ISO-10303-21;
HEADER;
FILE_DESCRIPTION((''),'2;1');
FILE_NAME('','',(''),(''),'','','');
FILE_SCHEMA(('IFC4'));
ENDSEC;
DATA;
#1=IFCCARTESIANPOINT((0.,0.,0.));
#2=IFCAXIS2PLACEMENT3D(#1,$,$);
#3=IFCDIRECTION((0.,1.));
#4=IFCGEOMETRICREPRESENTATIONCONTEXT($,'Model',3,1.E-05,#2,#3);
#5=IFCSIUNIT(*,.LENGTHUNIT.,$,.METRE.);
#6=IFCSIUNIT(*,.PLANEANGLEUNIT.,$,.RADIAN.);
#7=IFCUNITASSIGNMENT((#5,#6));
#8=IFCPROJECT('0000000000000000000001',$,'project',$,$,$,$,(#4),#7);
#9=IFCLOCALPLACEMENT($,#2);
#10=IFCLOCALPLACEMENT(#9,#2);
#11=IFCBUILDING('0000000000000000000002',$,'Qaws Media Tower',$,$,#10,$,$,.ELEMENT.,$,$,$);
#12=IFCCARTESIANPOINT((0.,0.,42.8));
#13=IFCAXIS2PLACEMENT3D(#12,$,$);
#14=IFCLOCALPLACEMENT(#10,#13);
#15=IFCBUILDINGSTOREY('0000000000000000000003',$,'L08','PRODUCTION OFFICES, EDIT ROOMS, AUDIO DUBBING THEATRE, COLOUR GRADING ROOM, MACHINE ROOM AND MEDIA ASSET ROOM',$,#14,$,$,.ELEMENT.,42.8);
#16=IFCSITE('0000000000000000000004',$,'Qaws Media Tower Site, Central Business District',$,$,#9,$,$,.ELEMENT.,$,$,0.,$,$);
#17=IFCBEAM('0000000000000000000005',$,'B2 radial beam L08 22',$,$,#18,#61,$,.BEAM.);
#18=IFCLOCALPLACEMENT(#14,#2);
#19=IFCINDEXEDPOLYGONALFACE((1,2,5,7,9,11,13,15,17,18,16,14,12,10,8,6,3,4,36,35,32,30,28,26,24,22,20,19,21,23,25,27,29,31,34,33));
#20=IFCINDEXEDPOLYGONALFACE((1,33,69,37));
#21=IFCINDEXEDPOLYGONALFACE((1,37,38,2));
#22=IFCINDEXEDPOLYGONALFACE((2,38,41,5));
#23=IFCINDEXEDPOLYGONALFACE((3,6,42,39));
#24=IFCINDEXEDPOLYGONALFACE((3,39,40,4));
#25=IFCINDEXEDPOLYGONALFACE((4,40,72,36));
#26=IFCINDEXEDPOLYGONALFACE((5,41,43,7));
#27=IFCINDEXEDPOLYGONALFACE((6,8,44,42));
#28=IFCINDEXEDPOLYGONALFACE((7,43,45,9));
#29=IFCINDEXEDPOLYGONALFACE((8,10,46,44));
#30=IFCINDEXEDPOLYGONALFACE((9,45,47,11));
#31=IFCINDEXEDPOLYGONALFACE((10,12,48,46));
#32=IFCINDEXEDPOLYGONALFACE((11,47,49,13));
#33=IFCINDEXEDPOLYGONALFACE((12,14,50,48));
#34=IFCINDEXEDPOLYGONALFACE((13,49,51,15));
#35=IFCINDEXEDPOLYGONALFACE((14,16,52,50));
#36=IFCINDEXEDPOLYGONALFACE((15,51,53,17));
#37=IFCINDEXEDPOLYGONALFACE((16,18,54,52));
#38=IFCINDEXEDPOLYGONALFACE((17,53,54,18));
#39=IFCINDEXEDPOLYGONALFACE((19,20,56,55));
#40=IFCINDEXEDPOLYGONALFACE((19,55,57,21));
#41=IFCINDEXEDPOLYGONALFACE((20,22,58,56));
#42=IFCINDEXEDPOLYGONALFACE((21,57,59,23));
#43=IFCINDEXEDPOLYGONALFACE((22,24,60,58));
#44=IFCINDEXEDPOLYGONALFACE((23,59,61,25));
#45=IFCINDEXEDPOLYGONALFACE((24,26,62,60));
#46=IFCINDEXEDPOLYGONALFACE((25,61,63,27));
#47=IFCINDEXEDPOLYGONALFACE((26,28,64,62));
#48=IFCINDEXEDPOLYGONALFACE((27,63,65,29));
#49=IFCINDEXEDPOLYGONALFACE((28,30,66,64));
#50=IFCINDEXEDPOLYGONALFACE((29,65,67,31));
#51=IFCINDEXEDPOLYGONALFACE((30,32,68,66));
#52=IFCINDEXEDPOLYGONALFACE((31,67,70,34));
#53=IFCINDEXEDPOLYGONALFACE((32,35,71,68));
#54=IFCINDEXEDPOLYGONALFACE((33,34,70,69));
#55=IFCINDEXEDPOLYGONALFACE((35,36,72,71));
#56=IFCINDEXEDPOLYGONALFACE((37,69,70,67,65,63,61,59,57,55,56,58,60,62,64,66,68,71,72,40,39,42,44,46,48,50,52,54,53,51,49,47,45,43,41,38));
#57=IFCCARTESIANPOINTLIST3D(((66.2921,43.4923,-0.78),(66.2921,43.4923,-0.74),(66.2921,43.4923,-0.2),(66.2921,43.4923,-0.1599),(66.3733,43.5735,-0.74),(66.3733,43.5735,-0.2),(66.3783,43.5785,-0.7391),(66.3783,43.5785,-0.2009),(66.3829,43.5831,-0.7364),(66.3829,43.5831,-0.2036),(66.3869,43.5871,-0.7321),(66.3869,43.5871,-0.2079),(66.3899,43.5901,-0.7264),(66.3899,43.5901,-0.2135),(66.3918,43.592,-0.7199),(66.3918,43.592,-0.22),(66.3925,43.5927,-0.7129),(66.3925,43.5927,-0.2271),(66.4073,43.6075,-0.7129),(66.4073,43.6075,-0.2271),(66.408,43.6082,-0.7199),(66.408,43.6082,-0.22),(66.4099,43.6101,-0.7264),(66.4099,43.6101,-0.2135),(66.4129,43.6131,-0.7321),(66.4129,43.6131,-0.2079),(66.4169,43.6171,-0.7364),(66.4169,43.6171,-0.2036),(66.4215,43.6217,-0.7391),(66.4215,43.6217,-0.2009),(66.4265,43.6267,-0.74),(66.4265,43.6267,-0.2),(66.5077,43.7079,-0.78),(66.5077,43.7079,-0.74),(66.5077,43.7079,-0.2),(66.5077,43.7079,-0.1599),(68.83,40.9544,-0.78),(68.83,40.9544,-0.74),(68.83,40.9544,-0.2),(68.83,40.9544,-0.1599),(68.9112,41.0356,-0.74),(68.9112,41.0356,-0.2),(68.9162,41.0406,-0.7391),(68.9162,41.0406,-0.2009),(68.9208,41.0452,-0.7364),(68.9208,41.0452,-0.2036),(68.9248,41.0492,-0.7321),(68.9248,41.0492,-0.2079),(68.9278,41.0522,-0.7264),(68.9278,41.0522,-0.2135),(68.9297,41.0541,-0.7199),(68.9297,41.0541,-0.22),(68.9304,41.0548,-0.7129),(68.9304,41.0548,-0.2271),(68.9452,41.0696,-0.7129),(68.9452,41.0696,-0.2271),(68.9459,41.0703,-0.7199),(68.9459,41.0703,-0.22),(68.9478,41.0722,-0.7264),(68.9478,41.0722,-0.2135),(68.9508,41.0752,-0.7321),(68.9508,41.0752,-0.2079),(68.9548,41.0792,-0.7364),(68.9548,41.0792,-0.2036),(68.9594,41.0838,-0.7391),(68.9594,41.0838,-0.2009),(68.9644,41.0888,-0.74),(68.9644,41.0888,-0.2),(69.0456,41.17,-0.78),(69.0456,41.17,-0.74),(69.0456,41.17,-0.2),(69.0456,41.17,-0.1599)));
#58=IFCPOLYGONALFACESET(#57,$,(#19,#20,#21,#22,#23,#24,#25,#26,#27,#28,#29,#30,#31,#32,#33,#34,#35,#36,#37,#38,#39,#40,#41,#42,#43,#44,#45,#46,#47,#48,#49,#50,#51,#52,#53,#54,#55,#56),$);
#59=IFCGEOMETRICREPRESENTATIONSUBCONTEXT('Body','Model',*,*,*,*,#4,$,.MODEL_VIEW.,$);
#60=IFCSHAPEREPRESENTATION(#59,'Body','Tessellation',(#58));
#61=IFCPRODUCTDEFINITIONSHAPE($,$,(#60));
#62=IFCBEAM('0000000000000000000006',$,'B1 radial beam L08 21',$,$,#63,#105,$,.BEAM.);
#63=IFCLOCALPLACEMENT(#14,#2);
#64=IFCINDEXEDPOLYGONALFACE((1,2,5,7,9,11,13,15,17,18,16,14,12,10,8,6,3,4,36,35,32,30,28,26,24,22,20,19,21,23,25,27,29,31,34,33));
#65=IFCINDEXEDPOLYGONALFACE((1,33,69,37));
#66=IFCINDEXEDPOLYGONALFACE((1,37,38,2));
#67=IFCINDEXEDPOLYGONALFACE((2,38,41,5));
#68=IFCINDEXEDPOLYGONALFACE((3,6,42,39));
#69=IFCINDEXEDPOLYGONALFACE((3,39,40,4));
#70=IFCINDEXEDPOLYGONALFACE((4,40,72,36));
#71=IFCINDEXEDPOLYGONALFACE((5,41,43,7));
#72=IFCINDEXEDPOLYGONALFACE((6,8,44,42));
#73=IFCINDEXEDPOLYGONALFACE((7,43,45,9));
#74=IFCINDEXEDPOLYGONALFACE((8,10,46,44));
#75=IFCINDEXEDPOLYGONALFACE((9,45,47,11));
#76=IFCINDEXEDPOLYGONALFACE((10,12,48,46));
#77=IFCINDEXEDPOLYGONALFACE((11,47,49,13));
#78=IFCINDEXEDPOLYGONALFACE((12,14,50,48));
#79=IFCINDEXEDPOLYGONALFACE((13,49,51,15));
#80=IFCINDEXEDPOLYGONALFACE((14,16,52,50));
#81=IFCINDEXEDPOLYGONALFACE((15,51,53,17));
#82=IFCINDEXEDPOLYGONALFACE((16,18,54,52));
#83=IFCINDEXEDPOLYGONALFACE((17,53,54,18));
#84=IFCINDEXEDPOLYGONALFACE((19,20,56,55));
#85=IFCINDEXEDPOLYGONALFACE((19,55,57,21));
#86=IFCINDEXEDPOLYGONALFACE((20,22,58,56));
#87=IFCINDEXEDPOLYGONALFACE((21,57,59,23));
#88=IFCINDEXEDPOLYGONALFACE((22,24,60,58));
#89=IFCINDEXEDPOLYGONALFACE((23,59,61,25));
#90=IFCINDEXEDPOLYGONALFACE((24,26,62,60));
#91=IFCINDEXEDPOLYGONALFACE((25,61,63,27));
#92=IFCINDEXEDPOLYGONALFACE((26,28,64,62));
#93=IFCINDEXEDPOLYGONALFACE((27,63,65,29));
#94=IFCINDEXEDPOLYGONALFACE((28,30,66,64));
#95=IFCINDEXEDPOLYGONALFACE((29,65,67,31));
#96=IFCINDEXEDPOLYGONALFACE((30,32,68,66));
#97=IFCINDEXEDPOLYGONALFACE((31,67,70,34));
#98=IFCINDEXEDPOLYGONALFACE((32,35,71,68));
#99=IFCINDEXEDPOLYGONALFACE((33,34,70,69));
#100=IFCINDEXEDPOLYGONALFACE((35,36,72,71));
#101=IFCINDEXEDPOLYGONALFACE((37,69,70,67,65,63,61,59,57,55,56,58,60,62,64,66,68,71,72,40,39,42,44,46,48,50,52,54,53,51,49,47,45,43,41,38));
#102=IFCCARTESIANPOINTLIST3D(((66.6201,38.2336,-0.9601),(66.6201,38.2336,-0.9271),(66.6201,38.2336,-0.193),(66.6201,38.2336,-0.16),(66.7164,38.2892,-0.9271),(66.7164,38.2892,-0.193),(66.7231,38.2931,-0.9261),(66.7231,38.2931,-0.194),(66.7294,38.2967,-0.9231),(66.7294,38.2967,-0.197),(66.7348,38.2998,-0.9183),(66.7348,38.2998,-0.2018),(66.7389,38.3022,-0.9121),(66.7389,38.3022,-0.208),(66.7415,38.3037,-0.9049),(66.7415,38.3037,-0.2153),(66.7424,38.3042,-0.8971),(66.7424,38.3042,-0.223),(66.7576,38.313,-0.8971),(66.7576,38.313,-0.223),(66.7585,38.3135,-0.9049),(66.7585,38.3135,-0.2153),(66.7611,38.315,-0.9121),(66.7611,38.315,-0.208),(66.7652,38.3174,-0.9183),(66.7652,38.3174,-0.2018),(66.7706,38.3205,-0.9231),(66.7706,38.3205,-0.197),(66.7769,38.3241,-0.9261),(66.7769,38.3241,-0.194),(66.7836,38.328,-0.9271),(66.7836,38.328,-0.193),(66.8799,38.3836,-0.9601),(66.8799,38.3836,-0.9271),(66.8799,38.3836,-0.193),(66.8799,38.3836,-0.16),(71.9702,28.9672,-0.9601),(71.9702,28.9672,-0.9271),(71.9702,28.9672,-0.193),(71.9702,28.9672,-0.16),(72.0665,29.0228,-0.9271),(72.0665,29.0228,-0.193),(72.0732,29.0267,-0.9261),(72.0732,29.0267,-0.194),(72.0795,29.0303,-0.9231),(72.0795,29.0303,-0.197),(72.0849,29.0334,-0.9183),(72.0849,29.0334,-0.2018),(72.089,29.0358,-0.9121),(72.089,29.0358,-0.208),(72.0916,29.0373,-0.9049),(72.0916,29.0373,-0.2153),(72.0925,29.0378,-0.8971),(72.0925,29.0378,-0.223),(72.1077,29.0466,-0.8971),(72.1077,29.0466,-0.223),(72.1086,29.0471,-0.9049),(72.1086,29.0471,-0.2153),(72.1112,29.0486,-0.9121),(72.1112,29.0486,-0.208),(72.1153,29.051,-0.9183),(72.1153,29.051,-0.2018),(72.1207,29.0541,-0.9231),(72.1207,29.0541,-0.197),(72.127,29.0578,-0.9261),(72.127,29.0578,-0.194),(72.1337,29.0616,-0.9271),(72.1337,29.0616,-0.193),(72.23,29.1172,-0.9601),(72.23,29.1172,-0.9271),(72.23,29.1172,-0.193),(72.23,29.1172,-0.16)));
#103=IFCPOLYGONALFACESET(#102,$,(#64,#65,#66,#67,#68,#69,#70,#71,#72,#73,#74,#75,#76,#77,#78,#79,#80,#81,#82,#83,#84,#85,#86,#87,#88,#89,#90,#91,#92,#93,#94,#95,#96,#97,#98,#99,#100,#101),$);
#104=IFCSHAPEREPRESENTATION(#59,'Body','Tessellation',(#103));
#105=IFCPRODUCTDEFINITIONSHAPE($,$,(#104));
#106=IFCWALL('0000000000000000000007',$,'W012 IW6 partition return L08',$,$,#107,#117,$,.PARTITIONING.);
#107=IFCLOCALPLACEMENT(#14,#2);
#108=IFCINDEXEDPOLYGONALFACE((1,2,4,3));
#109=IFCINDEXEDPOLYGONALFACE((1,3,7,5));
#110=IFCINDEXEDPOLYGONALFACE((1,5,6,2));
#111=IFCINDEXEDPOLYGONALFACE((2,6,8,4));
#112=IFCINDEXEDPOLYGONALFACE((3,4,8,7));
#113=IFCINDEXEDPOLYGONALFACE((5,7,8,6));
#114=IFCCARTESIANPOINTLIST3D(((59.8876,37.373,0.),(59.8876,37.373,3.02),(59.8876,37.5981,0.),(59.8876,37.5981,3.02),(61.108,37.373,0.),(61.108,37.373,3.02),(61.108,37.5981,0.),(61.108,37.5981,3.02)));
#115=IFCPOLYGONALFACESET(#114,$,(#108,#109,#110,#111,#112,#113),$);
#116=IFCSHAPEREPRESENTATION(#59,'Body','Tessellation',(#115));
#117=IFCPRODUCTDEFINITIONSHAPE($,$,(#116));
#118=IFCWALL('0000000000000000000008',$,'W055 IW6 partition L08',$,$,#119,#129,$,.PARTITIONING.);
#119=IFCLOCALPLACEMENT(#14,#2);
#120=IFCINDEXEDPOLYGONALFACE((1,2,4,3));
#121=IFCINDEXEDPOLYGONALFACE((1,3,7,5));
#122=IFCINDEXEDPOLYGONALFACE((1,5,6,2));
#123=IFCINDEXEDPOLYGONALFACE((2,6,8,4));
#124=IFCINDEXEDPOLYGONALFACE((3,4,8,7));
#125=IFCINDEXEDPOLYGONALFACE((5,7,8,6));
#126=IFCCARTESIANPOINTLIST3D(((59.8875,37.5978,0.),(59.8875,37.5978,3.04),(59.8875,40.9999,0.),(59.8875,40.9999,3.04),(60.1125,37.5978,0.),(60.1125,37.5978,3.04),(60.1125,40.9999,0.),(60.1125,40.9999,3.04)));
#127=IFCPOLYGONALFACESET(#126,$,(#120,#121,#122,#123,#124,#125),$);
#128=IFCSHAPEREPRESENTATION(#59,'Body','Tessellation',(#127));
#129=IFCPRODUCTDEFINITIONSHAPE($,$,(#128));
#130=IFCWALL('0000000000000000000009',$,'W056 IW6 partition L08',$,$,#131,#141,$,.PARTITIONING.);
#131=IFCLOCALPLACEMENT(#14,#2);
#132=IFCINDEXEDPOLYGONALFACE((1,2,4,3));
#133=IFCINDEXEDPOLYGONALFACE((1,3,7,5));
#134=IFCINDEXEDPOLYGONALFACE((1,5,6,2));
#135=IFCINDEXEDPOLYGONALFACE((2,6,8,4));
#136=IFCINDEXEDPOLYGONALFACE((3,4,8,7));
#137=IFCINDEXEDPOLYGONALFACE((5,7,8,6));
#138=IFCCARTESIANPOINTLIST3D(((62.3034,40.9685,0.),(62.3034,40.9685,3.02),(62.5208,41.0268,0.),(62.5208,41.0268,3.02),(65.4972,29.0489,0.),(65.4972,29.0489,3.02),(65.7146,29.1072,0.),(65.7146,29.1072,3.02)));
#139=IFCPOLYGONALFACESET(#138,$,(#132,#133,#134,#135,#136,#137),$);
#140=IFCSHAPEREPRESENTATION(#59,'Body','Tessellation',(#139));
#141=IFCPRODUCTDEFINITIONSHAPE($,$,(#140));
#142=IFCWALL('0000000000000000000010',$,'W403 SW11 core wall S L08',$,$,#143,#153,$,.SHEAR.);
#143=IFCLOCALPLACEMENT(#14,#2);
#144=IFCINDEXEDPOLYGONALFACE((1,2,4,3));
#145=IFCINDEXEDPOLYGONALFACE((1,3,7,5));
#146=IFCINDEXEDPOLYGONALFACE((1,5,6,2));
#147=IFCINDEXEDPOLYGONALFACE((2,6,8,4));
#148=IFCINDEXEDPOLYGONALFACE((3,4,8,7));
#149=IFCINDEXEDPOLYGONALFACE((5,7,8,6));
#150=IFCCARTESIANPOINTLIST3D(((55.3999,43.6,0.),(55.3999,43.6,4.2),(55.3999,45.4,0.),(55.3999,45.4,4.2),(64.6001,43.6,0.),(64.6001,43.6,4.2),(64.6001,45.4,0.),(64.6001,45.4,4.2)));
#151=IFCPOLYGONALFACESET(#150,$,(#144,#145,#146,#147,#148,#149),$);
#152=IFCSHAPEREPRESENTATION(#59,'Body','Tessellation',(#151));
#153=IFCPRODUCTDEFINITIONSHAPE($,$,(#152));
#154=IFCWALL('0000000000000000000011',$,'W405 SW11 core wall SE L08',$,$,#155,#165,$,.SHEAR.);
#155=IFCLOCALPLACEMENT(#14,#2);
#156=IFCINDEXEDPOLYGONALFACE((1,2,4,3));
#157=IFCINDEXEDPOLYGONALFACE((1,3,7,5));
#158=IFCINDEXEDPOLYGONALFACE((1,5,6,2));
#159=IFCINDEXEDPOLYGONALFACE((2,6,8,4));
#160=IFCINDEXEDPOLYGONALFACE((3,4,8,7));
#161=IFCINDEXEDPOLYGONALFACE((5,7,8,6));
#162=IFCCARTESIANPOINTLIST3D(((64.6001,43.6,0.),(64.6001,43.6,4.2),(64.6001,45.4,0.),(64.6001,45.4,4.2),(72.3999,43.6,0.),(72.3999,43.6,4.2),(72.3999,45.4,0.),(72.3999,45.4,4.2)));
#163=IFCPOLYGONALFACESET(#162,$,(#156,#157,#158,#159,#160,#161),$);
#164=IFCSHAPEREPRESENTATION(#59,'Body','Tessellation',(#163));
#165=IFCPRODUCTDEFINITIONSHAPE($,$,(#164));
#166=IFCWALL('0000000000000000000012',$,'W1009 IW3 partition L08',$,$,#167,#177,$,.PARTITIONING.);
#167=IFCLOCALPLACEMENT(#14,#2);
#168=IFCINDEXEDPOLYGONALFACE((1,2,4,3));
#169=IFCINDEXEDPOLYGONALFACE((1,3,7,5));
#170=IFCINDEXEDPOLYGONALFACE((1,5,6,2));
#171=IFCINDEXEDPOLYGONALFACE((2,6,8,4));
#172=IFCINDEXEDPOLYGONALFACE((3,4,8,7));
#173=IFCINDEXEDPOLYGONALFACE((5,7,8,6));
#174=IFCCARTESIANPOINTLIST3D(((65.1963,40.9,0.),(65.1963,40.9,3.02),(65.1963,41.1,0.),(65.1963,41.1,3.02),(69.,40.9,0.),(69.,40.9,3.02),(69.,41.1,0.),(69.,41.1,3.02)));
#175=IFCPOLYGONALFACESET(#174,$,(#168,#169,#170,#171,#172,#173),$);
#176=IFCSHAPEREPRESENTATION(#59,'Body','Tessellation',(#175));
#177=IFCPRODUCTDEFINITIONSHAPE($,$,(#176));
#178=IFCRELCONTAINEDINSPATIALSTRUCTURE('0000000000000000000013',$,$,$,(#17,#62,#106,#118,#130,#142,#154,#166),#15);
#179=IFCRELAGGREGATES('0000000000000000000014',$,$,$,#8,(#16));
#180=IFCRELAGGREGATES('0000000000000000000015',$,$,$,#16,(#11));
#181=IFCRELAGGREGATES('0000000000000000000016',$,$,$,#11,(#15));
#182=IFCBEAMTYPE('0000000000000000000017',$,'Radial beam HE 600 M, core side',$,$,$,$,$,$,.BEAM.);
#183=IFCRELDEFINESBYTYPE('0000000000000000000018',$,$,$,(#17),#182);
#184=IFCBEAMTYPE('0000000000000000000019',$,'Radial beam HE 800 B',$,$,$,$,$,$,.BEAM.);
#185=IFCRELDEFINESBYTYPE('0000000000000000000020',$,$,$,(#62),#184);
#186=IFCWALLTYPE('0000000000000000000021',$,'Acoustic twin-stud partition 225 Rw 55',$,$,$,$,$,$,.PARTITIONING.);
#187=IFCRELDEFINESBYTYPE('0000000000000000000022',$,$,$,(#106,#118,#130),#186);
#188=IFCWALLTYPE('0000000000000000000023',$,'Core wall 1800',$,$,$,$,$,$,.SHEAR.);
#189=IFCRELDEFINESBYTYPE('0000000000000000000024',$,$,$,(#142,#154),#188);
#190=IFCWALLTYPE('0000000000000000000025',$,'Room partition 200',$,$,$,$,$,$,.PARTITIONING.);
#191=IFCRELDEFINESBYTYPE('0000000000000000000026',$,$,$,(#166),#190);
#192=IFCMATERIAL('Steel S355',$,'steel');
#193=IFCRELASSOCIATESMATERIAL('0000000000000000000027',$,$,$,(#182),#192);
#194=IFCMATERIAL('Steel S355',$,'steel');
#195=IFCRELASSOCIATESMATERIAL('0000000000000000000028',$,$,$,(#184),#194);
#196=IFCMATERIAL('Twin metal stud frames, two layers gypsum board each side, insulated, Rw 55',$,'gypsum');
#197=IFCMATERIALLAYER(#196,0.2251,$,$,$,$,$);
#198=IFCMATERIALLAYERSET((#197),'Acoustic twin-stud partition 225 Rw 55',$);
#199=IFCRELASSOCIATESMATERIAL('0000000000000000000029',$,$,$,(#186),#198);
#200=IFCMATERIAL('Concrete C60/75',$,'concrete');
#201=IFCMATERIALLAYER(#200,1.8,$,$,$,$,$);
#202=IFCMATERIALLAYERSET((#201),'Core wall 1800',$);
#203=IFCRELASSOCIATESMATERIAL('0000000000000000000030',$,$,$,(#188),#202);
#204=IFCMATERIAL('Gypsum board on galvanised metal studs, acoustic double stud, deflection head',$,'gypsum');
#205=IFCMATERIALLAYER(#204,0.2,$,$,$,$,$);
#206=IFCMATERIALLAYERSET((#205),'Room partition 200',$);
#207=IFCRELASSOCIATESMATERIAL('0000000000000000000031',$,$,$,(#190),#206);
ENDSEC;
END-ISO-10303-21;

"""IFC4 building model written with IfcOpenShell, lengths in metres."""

from ifc_helpers import new_model, si_unit, direction, frame, frame_2d, origin, origin_2d, place, context, subcontext, project, spatial, rectangle, i_section, extrude, material, layer, layer_set, material_profile, profile_set, type_object, element, save


model = new_model("IFC4")

# Units and contexts
model_context = context("Model", 3, precision=1e-05, world=origin(), true_north=direction((0.0, 1.0)))
body_context = subcontext(model_context, "Body", "Model", "MODEL_VIEW")
ifc_project = project(units=[si_unit("LENGTHUNIT", "METRE"), si_unit("PLANEANGLEUNIT", "RADIAN")], contexts=[model_context])

# Site, building, storey
site_placement = place(None, origin())
site = spatial("IfcSite", under=ifc_project, at=site_placement, Name="Qaws Media Tower Site, Central Business District", CompositionType="ELEMENT", RefElevation=0.0)
building_placement = place(site_placement, origin())
building = spatial("IfcBuilding", under=site, at=building_placement, Name="Qaws Media Tower", CompositionType="ELEMENT")
storey_placement = place(building_placement, frame((0.0, 0.0, 42.8)))
storey = spatial("IfcBuildingStorey", under=building, at=storey_placement, Name="L08", Description="PRODUCTION OFFICES, EDIT ROOMS, AUDIO DUBBING THEATRE, COLOUR GRADING ROOM, MACHINE ROOM AND MEDIA ASSET ROOM", CompositionType="ELEMENT", Elevation=42.8)

# Beams
ifc_material_1 = material(Name="Steel S355", Category="steel")
ifc_material_profile_1 = material_profile(ifc_material_1, i_section(OverallWidth=0.3049, OverallDepth=0.6201, WebThickness=0.021, FlangeThickness=0.04, FilletRadius=0.0271, at=origin_2d()), Name="HE 600 M")
ifc_profile_set_1 = profile_set([ifc_material_profile_1], Name="Steel S355")
beam_type_1 = type_object("IfcBeamType", Name="Radial beam HE 600 M, core side", PredefinedType="BEAM", material=ifc_profile_set_1)
beam_1_placement = place(storey_placement, frame((66.3999, 43.6001, -0.47), z_axis=(0.707107, -0.707107, 0.0), x_axis=(0.707107, 0.707107, 0.0)))
element("IfcBeam", 1, at=beam_1_placement, inside=storey, type_object=beam_type_1, Name="B2 radial beam L08 22", PredefinedType="BEAM", context=body_context, shape_type="SweptSolid", body=[
    extrude(i_section(OverallWidth=0.3049, OverallDepth=0.6201, WebThickness=0.021, FlangeThickness=0.04, FilletRadius=0.0271, at=origin_2d()), origin(), (0.0, 0.0, 1.0), 3.5891),
])
ifc_material_2 = material(Name="Steel S355", Category="steel")
ifc_material_profile_2 = material_profile(ifc_material_2, i_section(OverallWidth=0.3, OverallDepth=0.8, WebThickness=0.0176, FlangeThickness=0.033, FilletRadius=0.03, at=origin_2d()), Name="HE 800 B")
ifc_profile_set_2 = profile_set([ifc_material_profile_2], Name="Steel S355")
beam_type_2 = type_object("IfcBeamType", Name="Radial beam HE 800 B", PredefinedType="BEAM", material=ifc_profile_set_2)
beam_2_placement = place(storey_placement, frame((66.75, 38.3086, -0.5601), z_axis=(0.500011, -0.866019, 0.0), x_axis=(0.866019, 0.500011, 0.0)))
element("IfcBeam", 2, at=beam_2_placement, inside=storey, type_object=beam_type_2, Name="B1 radial beam L08 21", PredefinedType="BEAM", context=body_context, shape_type="SweptSolid", body=[
    extrude(i_section(OverallWidth=0.3, OverallDepth=0.8, WebThickness=0.0176, FlangeThickness=0.033, FilletRadius=0.03, at=origin_2d()), origin(), (0.0, 0.0, 1.0), 10.7),
])

# Walls
ifc_material_3 = material(Name="Twin metal stud frames, two layers gypsum board each side, insulated, Rw 55", Category="gypsum")
ifc_layer_1 = layer(ifc_material_3, 0.2251)
ifc_layer_set_1 = layer_set([ifc_layer_1], Name="Acoustic twin-stud partition 225 Rw 55")
wall_type_1 = type_object("IfcWallType", Name="Acoustic twin-stud partition 225 Rw 55", PredefinedType="PARTITIONING", material=ifc_layer_set_1)
wall_1_placement = place(storey_placement, frame((59.8875, 37.4856, 0.0), z_axis=(0.0, 0.0, 1.0), x_axis=(1.0, 0.0, 0.0)))
element("IfcWall", 3, at=wall_1_placement, inside=storey, type_object=wall_type_1, Name="W012 IW6 partition return L08", PredefinedType="PARTITIONING", context=body_context, shape_type="SweptSolid", body=[
    extrude(rectangle(XDim=1.2205, YDim=0.2251, at=frame_2d((0.6104, 0.0))), origin(), (0.0, 0.0, 1.0), 3.02),
])
wall_2_placement = place(storey_placement, frame((60.0, 41.0, 0.0), z_axis=(0.0, 0.0, 1.0), x_axis=(0.0, -1.0, 0.0)))
element("IfcWall", 4, at=wall_2_placement, inside=storey, type_object=wall_type_1, Name="W055 IW6 partition L08", PredefinedType="PARTITIONING", context=body_context, shape_type="SweptSolid", body=[
    extrude(rectangle(XDim=3.4021, YDim=0.2251, at=frame_2d((1.7012, 0.0))), origin(), (0.0, 0.0, 1.0), 3.04),
])
wall_3_placement = place(storey_placement, frame((62.4121, 40.9976, 0.0), z_axis=(0.0, 0.0, 1.0), x_axis=(0.258818, -0.965926, 0.0)))
element("IfcWall", 5, at=wall_3_placement, inside=storey, type_object=wall_type_1, Name="W056 IW6 partition L08", PredefinedType="PARTITIONING", context=body_context, shape_type="SweptSolid", body=[
    extrude(rectangle(XDim=12.3401, YDim=0.2251, at=frame_2d((6.1699, 0.0))), origin(), (0.0, 0.0, 1.0), 3.02),
])
ifc_material_4 = material(Name="Concrete C60/75", Category="concrete")
ifc_layer_2 = layer(ifc_material_4, 1.8)
ifc_layer_set_2 = layer_set([ifc_layer_2], Name="Core wall 1800")
wall_type_2 = type_object("IfcWallType", Name="Core wall 1800", PredefinedType="SHEAR", material=ifc_layer_set_2)
wall_4_placement = place(storey_placement, frame((55.3999, 44.5, 0.0), z_axis=(0.0, 0.0, 1.0), x_axis=(1.0, 0.0, 0.0)))
element("IfcWall", 6, at=wall_4_placement, inside=storey, type_object=wall_type_2, Name="W403 SW11 core wall S L08", PredefinedType="SHEAR", context=body_context, shape_type="SweptSolid", body=[
    extrude(rectangle(XDim=9.2002, YDim=1.8, at=frame_2d((4.6001, 0.0))), origin(), (0.0, 0.0, 1.0), 4.2),
])
wall_5_placement = place(storey_placement, frame((64.6001, 44.5, 0.0), z_axis=(0.0, 0.0, 1.0), x_axis=(1.0, 0.0, 0.0)))
element("IfcWall", 7, at=wall_5_placement, inside=storey, type_object=wall_type_2, Name="W405 SW11 core wall SE L08", PredefinedType="SHEAR", context=body_context, shape_type="SweptSolid", body=[
    extrude(rectangle(XDim=7.7998, YDim=1.8, at=frame_2d((3.8999, 0.0))), origin(), (0.0, 0.0, 1.0), 4.2),
])
ifc_material_5 = material(Name="Gypsum board on galvanised metal studs, acoustic double stud, deflection head", Category="gypsum")
ifc_layer_3 = layer(ifc_material_5, 0.2)
ifc_layer_set_3 = layer_set([ifc_layer_3], Name="Room partition 200")
wall_type_3 = type_object("IfcWallType", Name="Room partition 200", PredefinedType="PARTITIONING", material=ifc_layer_set_3)
wall_6_placement = place(storey_placement, frame((69.0, 41.0, 0.0), z_axis=(0.0, 0.0, 1.0), x_axis=(-1.0, 0.0, 0.0)))
element("IfcWall", 8, at=wall_6_placement, inside=storey, type_object=wall_type_3, Name="W1009 IW3 partition L08", PredefinedType="PARTITIONING", context=body_context, shape_type="SweptSolid", body=[
    extrude(rectangle(XDim=3.8037, YDim=0.2, at=frame_2d((1.9019, 0.0))), origin(), (0.0, 0.0, 1.0), 3.02),
])

save(model, "model.ifc")
